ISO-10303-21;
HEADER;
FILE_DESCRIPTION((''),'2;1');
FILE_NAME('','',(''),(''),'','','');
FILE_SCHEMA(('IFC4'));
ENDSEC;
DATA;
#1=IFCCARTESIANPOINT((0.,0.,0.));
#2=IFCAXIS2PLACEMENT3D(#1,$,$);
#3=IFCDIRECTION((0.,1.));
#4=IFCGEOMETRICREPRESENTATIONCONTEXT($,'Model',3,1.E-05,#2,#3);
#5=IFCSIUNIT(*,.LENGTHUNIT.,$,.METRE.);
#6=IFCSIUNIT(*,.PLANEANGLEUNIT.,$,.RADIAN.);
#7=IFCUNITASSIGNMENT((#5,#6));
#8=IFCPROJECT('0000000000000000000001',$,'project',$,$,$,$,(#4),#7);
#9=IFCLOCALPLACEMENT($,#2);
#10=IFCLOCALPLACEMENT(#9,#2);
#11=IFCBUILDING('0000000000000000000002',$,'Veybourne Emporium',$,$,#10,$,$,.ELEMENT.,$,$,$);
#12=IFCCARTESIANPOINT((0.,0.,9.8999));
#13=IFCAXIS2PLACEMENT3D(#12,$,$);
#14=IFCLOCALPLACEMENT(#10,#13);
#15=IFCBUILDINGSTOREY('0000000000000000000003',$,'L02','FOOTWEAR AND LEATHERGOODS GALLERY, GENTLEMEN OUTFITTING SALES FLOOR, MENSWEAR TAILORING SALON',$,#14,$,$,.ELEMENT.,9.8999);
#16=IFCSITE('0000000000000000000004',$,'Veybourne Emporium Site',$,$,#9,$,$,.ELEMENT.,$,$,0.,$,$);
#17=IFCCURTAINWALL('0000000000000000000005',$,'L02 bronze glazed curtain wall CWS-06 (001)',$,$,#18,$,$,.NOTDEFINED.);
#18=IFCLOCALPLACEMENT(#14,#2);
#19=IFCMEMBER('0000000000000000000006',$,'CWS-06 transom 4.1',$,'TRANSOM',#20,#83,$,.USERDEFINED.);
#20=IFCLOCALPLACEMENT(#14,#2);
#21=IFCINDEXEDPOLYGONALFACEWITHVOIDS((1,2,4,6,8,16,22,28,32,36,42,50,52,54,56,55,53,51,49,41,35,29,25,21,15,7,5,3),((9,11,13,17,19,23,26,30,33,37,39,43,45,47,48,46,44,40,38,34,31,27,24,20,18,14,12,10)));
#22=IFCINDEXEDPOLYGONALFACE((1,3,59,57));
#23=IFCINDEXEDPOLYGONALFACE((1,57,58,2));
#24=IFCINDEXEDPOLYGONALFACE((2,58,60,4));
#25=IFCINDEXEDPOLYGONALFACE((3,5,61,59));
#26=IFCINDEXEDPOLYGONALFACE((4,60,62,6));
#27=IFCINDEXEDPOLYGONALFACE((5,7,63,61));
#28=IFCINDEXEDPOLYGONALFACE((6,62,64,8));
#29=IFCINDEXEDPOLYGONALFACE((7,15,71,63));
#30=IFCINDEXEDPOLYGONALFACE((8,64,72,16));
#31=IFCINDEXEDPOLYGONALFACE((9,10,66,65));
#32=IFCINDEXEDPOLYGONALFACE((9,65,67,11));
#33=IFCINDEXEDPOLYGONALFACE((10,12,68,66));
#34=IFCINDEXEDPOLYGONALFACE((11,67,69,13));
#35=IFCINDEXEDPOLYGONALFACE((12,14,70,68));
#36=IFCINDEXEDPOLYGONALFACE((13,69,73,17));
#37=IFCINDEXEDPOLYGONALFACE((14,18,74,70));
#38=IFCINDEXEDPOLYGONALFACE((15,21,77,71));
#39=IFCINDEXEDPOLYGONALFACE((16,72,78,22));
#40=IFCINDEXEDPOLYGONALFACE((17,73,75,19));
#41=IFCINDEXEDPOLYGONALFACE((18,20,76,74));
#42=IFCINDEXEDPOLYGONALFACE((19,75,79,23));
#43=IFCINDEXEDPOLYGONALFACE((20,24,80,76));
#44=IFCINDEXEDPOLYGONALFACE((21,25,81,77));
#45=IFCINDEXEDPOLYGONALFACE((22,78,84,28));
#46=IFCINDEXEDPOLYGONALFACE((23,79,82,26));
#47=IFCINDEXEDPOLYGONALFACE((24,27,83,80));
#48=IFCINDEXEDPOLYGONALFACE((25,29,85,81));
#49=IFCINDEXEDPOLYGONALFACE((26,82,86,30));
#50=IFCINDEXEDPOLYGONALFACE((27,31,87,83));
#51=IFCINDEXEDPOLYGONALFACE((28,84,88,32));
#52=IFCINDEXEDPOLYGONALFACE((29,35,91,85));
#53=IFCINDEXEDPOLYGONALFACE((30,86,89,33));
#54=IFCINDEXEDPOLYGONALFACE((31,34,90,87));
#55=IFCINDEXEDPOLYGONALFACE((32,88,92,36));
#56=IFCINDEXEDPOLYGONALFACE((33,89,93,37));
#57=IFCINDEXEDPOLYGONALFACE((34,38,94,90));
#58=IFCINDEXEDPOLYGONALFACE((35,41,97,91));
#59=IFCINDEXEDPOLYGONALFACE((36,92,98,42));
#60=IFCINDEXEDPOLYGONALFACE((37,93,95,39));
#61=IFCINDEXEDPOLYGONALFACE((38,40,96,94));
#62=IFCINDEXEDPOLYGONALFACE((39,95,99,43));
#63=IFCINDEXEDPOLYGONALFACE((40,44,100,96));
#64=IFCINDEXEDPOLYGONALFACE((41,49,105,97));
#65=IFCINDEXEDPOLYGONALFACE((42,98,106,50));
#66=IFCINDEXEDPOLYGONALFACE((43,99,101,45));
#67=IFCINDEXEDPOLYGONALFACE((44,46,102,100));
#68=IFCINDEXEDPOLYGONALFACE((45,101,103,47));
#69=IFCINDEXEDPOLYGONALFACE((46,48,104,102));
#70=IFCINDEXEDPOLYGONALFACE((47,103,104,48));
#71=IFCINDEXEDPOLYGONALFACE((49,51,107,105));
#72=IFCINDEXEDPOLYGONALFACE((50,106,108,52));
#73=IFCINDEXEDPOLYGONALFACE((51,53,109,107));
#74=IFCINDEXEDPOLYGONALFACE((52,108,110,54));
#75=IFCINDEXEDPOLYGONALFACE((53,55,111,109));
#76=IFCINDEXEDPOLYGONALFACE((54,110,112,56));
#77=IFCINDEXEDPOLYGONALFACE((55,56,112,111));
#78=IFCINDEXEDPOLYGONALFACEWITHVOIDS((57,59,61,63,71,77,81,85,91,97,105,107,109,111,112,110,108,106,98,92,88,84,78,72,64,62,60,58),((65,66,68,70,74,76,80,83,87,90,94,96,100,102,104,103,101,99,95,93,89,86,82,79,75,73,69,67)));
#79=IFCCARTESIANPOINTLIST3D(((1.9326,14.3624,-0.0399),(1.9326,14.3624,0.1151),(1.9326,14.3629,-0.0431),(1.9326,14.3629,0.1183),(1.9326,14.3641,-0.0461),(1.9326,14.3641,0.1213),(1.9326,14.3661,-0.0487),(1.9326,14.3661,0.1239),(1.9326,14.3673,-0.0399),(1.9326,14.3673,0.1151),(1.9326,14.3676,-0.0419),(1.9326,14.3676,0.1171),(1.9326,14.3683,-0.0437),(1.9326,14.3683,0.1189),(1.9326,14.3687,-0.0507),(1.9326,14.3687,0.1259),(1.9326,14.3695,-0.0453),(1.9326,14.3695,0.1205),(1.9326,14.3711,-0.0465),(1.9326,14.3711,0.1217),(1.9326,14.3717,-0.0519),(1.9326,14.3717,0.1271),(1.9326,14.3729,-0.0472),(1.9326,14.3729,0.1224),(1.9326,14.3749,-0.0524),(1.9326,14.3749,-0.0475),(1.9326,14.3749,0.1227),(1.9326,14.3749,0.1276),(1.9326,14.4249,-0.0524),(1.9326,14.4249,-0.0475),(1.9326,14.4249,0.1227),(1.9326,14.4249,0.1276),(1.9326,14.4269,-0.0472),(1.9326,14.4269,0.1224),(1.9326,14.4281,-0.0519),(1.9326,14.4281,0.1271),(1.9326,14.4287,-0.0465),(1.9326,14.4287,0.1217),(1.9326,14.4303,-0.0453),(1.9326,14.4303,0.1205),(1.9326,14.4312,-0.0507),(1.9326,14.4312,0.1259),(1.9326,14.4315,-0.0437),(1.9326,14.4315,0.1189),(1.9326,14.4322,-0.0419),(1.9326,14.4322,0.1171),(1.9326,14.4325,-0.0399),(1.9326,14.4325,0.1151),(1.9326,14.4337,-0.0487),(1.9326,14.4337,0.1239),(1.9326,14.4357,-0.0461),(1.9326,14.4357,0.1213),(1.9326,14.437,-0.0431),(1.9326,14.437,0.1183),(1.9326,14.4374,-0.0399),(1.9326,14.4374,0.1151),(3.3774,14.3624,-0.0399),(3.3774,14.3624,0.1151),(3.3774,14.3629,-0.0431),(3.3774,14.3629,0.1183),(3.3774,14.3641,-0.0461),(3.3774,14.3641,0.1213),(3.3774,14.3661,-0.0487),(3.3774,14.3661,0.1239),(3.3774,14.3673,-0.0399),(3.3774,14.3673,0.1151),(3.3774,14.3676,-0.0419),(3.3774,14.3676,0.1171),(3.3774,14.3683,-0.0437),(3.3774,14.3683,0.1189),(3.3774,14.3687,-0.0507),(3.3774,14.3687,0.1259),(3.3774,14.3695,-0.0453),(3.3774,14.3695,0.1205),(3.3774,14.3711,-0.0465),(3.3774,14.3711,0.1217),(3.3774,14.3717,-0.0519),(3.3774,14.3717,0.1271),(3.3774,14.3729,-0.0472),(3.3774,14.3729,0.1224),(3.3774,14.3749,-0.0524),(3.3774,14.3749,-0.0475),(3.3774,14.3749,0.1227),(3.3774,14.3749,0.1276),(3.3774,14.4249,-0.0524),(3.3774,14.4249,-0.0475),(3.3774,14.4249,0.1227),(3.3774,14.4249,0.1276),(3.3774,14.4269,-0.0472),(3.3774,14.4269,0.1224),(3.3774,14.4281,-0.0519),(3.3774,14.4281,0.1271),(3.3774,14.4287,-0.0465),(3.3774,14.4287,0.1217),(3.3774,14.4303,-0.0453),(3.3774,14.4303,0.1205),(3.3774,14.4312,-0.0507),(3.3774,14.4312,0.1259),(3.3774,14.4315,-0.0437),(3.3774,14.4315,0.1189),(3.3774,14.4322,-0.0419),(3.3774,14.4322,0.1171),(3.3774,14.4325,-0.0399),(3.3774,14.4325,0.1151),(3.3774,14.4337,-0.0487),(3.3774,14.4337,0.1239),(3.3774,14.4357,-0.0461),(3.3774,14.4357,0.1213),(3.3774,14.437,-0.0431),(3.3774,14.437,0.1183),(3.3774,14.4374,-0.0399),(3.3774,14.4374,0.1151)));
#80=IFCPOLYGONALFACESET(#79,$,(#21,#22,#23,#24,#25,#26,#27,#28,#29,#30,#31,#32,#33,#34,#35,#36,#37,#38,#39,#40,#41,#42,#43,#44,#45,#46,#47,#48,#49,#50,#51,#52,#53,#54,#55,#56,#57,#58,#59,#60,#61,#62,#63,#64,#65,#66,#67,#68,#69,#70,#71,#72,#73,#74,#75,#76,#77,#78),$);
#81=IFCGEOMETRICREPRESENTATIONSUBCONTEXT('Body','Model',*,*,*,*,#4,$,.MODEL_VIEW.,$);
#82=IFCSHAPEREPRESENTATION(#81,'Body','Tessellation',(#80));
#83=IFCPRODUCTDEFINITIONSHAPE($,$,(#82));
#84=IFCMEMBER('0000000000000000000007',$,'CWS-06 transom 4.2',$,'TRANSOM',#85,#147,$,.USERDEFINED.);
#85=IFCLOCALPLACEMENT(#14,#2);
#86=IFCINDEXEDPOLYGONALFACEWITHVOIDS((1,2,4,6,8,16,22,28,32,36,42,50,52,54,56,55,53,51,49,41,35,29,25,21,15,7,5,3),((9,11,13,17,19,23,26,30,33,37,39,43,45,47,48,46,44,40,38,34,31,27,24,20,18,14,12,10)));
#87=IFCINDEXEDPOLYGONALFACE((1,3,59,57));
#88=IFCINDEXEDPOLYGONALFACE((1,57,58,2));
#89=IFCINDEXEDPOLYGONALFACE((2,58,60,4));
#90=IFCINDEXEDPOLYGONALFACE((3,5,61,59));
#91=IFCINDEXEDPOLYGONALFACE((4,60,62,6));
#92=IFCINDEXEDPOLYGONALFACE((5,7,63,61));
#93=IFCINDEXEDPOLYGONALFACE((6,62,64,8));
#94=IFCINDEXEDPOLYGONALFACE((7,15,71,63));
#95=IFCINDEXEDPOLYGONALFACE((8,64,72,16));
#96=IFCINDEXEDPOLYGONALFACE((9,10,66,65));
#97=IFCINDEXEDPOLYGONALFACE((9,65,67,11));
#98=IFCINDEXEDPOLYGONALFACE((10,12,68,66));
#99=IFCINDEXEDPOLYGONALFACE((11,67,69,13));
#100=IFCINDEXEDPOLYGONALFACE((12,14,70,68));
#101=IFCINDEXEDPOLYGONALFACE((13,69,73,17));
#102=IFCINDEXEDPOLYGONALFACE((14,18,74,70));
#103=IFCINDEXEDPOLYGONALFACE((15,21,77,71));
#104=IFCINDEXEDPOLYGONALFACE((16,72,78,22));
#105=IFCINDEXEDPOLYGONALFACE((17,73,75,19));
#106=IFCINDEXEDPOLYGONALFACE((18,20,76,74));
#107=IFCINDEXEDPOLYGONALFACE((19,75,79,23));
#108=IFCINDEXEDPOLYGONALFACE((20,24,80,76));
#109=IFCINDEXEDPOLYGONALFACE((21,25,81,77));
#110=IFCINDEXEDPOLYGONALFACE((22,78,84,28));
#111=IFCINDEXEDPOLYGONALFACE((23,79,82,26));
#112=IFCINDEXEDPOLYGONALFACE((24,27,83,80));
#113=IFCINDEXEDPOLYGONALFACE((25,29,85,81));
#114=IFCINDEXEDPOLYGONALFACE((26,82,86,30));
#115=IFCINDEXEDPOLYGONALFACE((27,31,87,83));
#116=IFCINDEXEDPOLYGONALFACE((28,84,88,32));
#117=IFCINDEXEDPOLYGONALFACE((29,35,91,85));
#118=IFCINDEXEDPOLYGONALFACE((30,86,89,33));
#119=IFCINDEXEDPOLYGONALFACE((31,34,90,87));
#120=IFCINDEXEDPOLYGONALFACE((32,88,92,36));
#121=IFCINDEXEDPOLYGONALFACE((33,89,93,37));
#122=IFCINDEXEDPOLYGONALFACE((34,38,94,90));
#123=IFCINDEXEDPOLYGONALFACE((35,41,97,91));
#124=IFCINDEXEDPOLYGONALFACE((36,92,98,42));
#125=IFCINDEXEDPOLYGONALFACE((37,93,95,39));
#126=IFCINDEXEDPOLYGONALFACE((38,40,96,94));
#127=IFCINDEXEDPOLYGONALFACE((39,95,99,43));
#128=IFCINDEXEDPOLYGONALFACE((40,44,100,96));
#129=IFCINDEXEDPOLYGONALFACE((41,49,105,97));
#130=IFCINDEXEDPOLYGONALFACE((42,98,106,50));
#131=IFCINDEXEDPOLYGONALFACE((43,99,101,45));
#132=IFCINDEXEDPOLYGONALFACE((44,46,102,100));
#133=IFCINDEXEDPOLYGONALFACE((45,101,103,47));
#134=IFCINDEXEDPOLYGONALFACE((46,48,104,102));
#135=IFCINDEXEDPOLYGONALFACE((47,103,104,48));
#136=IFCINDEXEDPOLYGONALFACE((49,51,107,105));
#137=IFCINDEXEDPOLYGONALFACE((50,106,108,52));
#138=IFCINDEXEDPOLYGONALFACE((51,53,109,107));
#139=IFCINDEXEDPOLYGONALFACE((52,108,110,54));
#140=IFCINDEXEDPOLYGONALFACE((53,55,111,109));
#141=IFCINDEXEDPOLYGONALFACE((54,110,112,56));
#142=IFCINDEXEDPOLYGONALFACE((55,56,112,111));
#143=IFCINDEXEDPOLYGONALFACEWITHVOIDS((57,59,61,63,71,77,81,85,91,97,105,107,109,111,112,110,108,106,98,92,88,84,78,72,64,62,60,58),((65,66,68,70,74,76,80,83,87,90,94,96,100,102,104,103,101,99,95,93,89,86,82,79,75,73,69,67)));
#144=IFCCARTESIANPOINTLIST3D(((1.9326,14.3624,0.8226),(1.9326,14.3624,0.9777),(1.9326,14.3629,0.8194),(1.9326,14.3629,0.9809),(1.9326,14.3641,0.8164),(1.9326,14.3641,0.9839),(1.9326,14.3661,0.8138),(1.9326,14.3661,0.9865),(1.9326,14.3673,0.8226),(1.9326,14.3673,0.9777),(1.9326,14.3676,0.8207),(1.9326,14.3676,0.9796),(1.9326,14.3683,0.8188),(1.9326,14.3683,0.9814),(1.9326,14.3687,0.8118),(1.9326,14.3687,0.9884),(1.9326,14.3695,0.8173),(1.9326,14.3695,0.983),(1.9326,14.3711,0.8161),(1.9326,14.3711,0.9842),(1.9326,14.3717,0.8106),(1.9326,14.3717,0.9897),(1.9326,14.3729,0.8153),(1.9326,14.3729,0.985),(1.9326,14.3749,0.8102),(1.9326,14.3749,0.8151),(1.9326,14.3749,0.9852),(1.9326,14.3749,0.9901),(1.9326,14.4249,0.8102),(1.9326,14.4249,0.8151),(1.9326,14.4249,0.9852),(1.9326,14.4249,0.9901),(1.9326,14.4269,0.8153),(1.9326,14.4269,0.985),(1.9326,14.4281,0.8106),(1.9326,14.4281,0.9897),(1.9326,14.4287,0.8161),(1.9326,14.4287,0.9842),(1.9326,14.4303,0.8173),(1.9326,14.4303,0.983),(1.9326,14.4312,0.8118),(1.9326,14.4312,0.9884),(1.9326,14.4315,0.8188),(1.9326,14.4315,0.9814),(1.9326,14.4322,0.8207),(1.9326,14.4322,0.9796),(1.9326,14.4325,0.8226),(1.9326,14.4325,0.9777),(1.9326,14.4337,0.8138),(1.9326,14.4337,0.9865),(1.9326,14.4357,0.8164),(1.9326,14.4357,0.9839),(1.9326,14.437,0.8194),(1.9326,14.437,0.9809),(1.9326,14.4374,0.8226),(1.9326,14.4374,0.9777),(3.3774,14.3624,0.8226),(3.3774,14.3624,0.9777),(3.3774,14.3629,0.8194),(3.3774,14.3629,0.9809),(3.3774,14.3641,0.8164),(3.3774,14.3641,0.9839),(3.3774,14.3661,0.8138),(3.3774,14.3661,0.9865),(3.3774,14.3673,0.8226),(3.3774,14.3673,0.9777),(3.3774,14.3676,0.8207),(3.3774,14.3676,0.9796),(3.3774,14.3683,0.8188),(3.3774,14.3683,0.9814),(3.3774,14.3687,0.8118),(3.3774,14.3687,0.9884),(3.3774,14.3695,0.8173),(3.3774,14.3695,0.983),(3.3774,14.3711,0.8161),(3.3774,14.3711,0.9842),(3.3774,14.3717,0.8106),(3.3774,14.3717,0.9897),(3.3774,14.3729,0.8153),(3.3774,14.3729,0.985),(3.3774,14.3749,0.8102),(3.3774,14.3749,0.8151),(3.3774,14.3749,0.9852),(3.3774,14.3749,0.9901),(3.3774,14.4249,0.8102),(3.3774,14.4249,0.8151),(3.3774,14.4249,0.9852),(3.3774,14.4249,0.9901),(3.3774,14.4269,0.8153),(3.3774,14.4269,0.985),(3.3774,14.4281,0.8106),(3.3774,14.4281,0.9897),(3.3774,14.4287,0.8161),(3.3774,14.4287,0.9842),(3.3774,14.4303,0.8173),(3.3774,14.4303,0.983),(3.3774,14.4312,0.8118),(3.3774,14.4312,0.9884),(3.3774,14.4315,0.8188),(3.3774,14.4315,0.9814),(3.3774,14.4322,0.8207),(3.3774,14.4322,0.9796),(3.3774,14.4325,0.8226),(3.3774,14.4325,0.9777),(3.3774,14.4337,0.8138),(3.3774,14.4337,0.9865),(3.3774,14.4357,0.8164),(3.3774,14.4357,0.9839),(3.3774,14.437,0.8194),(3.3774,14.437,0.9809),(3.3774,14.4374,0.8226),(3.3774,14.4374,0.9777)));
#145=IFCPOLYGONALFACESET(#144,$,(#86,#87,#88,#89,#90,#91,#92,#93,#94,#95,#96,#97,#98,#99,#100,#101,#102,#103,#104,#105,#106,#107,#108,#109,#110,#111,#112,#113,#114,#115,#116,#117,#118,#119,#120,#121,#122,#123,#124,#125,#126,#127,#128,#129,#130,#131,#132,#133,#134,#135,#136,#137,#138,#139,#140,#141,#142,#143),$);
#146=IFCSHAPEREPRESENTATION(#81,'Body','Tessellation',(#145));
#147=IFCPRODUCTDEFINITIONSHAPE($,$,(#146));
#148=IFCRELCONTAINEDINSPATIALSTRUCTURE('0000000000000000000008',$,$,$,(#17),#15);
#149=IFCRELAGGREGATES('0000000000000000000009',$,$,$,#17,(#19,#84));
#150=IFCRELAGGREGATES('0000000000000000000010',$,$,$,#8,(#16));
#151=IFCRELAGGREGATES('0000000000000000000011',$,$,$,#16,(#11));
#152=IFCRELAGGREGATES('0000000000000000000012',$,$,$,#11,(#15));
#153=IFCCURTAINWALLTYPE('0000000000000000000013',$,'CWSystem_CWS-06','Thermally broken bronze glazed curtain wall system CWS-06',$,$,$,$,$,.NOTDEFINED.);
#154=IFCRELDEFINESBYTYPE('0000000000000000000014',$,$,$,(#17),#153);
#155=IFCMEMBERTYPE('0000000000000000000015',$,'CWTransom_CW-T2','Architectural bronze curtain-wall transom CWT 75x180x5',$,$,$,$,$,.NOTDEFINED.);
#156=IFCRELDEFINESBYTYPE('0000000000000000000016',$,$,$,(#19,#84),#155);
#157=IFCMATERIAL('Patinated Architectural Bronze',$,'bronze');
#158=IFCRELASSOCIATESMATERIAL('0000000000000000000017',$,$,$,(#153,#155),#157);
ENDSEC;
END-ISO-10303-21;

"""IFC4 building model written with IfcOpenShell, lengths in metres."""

from ifc_helpers import new_model, si_unit, direction, frame, origin, origin_2d, place, context, subcontext, project, spatial, hollow_rectangle, extrude, material, material_profile, profile_set, type_object, element, aggregate, save


model = new_model("IFC4")

# Units and contexts
model_context = context("Model", 3, precision=1e-05, world=origin(), true_north=direction((0.0, 1.0)))
body_context = subcontext(model_context, "Body", "Model", "MODEL_VIEW")
ifc_project = project(units=[si_unit("LENGTHUNIT", "METRE"), si_unit("PLANEANGLEUNIT", "RADIAN")], contexts=[model_context])

# Site, building, storey
site_placement = place(None, origin())
site = spatial("IfcSite", under=ifc_project, at=site_placement, Name="Veybourne Emporium Site", CompositionType="ELEMENT", RefElevation=0.0)
building_placement = place(site_placement, origin())
building = spatial("IfcBuilding", under=site, at=building_placement, Name="Veybourne Emporium", CompositionType="ELEMENT")
storey_placement = place(building_placement, frame((0.0, 0.0, 9.8999)))
storey = spatial("IfcBuildingStorey", under=building, at=storey_placement, Name="L02", Description="FOOTWEAR AND LEATHERGOODS GALLERY, GENTLEMEN OUTFITTING SALES FLOOR, MENSWEAR TAILORING SALON", CompositionType="ELEMENT", Elevation=9.8999)

# Curtain wall, members
ifc_material_1 = material(Name="Patinated Architectural Bronze", Category="bronze")
curtain_wall_type = type_object("IfcCurtainWallType", Name="CWSystem_CWS-06", Description="Thermally broken bronze glazed curtain wall system CWS-06", PredefinedType="NOTDEFINED", material=ifc_material_1)
curtain_wall_placement = place(storey_placement, origin())
curtain_wall = element("IfcCurtainWall", 1, at=curtain_wall_placement, inside=storey, type_object=curtain_wall_type, Name="L02 bronze glazed curtain wall CWS-06 (001)", PredefinedType="NOTDEFINED")
ifc_material_profile_1 = material_profile(ifc_material_1, hollow_rectangle(XDim=0.075, YDim=0.1799, WallThickness=0.0049, InnerFilletRadius=0.0076, OuterFilletRadius=0.0125, at=origin_2d()), Name="CWT 75x180x5")
ifc_profile_set_1 = profile_set([ifc_material_profile_1], Name="Patinated Architectural Bronze")
member_type_1 = type_object("IfcMemberType", Name="CWTransom_CW-T2", Description="Architectural bronze curtain-wall transom CWT 75x180x5", PredefinedType="NOTDEFINED", material=ifc_profile_set_1)
member_1_placement = place(storey_placement, frame((3.3774, 14.3999, 0.0376), z_axis=(-1.0, 0.0, 0.0), x_axis=(0.0, -1.0, 0.0)))
member_1 = element("IfcMember", 2, at=member_1_placement, type_object=member_type_1, Name="CWS-06 transom 4.1", ObjectType="TRANSOM", PredefinedType="USERDEFINED", context=body_context, shape_type="SweptSolid", body=[
    extrude(hollow_rectangle(XDim=0.075, YDim=0.1799, WallThickness=0.0049, InnerFilletRadius=0.0076, OuterFilletRadius=0.0125, at=origin_2d()), origin(), (0.0, 0.0, 1.0), 1.4448),
])
member_2_placement = place(storey_placement, frame((3.3774, 14.3999, 0.9001), z_axis=(-1.0, 0.0, 0.0), x_axis=(0.0, -1.0, 0.0)))
member_2 = element("IfcMember", 3, at=member_2_placement, type_object=member_type_1, Name="CWS-06 transom 4.2", ObjectType="TRANSOM", PredefinedType="USERDEFINED", context=body_context, shape_type="SweptSolid", body=[
    extrude(hollow_rectangle(XDim=0.075, YDim=0.1799, WallThickness=0.0049, InnerFilletRadius=0.0076, OuterFilletRadius=0.0125, at=origin_2d()), origin(), (0.0, 0.0, 1.0), 1.4448),
])

aggregate(curtain_wall, [member_1, member_2])

save(model, "model.ifc")
